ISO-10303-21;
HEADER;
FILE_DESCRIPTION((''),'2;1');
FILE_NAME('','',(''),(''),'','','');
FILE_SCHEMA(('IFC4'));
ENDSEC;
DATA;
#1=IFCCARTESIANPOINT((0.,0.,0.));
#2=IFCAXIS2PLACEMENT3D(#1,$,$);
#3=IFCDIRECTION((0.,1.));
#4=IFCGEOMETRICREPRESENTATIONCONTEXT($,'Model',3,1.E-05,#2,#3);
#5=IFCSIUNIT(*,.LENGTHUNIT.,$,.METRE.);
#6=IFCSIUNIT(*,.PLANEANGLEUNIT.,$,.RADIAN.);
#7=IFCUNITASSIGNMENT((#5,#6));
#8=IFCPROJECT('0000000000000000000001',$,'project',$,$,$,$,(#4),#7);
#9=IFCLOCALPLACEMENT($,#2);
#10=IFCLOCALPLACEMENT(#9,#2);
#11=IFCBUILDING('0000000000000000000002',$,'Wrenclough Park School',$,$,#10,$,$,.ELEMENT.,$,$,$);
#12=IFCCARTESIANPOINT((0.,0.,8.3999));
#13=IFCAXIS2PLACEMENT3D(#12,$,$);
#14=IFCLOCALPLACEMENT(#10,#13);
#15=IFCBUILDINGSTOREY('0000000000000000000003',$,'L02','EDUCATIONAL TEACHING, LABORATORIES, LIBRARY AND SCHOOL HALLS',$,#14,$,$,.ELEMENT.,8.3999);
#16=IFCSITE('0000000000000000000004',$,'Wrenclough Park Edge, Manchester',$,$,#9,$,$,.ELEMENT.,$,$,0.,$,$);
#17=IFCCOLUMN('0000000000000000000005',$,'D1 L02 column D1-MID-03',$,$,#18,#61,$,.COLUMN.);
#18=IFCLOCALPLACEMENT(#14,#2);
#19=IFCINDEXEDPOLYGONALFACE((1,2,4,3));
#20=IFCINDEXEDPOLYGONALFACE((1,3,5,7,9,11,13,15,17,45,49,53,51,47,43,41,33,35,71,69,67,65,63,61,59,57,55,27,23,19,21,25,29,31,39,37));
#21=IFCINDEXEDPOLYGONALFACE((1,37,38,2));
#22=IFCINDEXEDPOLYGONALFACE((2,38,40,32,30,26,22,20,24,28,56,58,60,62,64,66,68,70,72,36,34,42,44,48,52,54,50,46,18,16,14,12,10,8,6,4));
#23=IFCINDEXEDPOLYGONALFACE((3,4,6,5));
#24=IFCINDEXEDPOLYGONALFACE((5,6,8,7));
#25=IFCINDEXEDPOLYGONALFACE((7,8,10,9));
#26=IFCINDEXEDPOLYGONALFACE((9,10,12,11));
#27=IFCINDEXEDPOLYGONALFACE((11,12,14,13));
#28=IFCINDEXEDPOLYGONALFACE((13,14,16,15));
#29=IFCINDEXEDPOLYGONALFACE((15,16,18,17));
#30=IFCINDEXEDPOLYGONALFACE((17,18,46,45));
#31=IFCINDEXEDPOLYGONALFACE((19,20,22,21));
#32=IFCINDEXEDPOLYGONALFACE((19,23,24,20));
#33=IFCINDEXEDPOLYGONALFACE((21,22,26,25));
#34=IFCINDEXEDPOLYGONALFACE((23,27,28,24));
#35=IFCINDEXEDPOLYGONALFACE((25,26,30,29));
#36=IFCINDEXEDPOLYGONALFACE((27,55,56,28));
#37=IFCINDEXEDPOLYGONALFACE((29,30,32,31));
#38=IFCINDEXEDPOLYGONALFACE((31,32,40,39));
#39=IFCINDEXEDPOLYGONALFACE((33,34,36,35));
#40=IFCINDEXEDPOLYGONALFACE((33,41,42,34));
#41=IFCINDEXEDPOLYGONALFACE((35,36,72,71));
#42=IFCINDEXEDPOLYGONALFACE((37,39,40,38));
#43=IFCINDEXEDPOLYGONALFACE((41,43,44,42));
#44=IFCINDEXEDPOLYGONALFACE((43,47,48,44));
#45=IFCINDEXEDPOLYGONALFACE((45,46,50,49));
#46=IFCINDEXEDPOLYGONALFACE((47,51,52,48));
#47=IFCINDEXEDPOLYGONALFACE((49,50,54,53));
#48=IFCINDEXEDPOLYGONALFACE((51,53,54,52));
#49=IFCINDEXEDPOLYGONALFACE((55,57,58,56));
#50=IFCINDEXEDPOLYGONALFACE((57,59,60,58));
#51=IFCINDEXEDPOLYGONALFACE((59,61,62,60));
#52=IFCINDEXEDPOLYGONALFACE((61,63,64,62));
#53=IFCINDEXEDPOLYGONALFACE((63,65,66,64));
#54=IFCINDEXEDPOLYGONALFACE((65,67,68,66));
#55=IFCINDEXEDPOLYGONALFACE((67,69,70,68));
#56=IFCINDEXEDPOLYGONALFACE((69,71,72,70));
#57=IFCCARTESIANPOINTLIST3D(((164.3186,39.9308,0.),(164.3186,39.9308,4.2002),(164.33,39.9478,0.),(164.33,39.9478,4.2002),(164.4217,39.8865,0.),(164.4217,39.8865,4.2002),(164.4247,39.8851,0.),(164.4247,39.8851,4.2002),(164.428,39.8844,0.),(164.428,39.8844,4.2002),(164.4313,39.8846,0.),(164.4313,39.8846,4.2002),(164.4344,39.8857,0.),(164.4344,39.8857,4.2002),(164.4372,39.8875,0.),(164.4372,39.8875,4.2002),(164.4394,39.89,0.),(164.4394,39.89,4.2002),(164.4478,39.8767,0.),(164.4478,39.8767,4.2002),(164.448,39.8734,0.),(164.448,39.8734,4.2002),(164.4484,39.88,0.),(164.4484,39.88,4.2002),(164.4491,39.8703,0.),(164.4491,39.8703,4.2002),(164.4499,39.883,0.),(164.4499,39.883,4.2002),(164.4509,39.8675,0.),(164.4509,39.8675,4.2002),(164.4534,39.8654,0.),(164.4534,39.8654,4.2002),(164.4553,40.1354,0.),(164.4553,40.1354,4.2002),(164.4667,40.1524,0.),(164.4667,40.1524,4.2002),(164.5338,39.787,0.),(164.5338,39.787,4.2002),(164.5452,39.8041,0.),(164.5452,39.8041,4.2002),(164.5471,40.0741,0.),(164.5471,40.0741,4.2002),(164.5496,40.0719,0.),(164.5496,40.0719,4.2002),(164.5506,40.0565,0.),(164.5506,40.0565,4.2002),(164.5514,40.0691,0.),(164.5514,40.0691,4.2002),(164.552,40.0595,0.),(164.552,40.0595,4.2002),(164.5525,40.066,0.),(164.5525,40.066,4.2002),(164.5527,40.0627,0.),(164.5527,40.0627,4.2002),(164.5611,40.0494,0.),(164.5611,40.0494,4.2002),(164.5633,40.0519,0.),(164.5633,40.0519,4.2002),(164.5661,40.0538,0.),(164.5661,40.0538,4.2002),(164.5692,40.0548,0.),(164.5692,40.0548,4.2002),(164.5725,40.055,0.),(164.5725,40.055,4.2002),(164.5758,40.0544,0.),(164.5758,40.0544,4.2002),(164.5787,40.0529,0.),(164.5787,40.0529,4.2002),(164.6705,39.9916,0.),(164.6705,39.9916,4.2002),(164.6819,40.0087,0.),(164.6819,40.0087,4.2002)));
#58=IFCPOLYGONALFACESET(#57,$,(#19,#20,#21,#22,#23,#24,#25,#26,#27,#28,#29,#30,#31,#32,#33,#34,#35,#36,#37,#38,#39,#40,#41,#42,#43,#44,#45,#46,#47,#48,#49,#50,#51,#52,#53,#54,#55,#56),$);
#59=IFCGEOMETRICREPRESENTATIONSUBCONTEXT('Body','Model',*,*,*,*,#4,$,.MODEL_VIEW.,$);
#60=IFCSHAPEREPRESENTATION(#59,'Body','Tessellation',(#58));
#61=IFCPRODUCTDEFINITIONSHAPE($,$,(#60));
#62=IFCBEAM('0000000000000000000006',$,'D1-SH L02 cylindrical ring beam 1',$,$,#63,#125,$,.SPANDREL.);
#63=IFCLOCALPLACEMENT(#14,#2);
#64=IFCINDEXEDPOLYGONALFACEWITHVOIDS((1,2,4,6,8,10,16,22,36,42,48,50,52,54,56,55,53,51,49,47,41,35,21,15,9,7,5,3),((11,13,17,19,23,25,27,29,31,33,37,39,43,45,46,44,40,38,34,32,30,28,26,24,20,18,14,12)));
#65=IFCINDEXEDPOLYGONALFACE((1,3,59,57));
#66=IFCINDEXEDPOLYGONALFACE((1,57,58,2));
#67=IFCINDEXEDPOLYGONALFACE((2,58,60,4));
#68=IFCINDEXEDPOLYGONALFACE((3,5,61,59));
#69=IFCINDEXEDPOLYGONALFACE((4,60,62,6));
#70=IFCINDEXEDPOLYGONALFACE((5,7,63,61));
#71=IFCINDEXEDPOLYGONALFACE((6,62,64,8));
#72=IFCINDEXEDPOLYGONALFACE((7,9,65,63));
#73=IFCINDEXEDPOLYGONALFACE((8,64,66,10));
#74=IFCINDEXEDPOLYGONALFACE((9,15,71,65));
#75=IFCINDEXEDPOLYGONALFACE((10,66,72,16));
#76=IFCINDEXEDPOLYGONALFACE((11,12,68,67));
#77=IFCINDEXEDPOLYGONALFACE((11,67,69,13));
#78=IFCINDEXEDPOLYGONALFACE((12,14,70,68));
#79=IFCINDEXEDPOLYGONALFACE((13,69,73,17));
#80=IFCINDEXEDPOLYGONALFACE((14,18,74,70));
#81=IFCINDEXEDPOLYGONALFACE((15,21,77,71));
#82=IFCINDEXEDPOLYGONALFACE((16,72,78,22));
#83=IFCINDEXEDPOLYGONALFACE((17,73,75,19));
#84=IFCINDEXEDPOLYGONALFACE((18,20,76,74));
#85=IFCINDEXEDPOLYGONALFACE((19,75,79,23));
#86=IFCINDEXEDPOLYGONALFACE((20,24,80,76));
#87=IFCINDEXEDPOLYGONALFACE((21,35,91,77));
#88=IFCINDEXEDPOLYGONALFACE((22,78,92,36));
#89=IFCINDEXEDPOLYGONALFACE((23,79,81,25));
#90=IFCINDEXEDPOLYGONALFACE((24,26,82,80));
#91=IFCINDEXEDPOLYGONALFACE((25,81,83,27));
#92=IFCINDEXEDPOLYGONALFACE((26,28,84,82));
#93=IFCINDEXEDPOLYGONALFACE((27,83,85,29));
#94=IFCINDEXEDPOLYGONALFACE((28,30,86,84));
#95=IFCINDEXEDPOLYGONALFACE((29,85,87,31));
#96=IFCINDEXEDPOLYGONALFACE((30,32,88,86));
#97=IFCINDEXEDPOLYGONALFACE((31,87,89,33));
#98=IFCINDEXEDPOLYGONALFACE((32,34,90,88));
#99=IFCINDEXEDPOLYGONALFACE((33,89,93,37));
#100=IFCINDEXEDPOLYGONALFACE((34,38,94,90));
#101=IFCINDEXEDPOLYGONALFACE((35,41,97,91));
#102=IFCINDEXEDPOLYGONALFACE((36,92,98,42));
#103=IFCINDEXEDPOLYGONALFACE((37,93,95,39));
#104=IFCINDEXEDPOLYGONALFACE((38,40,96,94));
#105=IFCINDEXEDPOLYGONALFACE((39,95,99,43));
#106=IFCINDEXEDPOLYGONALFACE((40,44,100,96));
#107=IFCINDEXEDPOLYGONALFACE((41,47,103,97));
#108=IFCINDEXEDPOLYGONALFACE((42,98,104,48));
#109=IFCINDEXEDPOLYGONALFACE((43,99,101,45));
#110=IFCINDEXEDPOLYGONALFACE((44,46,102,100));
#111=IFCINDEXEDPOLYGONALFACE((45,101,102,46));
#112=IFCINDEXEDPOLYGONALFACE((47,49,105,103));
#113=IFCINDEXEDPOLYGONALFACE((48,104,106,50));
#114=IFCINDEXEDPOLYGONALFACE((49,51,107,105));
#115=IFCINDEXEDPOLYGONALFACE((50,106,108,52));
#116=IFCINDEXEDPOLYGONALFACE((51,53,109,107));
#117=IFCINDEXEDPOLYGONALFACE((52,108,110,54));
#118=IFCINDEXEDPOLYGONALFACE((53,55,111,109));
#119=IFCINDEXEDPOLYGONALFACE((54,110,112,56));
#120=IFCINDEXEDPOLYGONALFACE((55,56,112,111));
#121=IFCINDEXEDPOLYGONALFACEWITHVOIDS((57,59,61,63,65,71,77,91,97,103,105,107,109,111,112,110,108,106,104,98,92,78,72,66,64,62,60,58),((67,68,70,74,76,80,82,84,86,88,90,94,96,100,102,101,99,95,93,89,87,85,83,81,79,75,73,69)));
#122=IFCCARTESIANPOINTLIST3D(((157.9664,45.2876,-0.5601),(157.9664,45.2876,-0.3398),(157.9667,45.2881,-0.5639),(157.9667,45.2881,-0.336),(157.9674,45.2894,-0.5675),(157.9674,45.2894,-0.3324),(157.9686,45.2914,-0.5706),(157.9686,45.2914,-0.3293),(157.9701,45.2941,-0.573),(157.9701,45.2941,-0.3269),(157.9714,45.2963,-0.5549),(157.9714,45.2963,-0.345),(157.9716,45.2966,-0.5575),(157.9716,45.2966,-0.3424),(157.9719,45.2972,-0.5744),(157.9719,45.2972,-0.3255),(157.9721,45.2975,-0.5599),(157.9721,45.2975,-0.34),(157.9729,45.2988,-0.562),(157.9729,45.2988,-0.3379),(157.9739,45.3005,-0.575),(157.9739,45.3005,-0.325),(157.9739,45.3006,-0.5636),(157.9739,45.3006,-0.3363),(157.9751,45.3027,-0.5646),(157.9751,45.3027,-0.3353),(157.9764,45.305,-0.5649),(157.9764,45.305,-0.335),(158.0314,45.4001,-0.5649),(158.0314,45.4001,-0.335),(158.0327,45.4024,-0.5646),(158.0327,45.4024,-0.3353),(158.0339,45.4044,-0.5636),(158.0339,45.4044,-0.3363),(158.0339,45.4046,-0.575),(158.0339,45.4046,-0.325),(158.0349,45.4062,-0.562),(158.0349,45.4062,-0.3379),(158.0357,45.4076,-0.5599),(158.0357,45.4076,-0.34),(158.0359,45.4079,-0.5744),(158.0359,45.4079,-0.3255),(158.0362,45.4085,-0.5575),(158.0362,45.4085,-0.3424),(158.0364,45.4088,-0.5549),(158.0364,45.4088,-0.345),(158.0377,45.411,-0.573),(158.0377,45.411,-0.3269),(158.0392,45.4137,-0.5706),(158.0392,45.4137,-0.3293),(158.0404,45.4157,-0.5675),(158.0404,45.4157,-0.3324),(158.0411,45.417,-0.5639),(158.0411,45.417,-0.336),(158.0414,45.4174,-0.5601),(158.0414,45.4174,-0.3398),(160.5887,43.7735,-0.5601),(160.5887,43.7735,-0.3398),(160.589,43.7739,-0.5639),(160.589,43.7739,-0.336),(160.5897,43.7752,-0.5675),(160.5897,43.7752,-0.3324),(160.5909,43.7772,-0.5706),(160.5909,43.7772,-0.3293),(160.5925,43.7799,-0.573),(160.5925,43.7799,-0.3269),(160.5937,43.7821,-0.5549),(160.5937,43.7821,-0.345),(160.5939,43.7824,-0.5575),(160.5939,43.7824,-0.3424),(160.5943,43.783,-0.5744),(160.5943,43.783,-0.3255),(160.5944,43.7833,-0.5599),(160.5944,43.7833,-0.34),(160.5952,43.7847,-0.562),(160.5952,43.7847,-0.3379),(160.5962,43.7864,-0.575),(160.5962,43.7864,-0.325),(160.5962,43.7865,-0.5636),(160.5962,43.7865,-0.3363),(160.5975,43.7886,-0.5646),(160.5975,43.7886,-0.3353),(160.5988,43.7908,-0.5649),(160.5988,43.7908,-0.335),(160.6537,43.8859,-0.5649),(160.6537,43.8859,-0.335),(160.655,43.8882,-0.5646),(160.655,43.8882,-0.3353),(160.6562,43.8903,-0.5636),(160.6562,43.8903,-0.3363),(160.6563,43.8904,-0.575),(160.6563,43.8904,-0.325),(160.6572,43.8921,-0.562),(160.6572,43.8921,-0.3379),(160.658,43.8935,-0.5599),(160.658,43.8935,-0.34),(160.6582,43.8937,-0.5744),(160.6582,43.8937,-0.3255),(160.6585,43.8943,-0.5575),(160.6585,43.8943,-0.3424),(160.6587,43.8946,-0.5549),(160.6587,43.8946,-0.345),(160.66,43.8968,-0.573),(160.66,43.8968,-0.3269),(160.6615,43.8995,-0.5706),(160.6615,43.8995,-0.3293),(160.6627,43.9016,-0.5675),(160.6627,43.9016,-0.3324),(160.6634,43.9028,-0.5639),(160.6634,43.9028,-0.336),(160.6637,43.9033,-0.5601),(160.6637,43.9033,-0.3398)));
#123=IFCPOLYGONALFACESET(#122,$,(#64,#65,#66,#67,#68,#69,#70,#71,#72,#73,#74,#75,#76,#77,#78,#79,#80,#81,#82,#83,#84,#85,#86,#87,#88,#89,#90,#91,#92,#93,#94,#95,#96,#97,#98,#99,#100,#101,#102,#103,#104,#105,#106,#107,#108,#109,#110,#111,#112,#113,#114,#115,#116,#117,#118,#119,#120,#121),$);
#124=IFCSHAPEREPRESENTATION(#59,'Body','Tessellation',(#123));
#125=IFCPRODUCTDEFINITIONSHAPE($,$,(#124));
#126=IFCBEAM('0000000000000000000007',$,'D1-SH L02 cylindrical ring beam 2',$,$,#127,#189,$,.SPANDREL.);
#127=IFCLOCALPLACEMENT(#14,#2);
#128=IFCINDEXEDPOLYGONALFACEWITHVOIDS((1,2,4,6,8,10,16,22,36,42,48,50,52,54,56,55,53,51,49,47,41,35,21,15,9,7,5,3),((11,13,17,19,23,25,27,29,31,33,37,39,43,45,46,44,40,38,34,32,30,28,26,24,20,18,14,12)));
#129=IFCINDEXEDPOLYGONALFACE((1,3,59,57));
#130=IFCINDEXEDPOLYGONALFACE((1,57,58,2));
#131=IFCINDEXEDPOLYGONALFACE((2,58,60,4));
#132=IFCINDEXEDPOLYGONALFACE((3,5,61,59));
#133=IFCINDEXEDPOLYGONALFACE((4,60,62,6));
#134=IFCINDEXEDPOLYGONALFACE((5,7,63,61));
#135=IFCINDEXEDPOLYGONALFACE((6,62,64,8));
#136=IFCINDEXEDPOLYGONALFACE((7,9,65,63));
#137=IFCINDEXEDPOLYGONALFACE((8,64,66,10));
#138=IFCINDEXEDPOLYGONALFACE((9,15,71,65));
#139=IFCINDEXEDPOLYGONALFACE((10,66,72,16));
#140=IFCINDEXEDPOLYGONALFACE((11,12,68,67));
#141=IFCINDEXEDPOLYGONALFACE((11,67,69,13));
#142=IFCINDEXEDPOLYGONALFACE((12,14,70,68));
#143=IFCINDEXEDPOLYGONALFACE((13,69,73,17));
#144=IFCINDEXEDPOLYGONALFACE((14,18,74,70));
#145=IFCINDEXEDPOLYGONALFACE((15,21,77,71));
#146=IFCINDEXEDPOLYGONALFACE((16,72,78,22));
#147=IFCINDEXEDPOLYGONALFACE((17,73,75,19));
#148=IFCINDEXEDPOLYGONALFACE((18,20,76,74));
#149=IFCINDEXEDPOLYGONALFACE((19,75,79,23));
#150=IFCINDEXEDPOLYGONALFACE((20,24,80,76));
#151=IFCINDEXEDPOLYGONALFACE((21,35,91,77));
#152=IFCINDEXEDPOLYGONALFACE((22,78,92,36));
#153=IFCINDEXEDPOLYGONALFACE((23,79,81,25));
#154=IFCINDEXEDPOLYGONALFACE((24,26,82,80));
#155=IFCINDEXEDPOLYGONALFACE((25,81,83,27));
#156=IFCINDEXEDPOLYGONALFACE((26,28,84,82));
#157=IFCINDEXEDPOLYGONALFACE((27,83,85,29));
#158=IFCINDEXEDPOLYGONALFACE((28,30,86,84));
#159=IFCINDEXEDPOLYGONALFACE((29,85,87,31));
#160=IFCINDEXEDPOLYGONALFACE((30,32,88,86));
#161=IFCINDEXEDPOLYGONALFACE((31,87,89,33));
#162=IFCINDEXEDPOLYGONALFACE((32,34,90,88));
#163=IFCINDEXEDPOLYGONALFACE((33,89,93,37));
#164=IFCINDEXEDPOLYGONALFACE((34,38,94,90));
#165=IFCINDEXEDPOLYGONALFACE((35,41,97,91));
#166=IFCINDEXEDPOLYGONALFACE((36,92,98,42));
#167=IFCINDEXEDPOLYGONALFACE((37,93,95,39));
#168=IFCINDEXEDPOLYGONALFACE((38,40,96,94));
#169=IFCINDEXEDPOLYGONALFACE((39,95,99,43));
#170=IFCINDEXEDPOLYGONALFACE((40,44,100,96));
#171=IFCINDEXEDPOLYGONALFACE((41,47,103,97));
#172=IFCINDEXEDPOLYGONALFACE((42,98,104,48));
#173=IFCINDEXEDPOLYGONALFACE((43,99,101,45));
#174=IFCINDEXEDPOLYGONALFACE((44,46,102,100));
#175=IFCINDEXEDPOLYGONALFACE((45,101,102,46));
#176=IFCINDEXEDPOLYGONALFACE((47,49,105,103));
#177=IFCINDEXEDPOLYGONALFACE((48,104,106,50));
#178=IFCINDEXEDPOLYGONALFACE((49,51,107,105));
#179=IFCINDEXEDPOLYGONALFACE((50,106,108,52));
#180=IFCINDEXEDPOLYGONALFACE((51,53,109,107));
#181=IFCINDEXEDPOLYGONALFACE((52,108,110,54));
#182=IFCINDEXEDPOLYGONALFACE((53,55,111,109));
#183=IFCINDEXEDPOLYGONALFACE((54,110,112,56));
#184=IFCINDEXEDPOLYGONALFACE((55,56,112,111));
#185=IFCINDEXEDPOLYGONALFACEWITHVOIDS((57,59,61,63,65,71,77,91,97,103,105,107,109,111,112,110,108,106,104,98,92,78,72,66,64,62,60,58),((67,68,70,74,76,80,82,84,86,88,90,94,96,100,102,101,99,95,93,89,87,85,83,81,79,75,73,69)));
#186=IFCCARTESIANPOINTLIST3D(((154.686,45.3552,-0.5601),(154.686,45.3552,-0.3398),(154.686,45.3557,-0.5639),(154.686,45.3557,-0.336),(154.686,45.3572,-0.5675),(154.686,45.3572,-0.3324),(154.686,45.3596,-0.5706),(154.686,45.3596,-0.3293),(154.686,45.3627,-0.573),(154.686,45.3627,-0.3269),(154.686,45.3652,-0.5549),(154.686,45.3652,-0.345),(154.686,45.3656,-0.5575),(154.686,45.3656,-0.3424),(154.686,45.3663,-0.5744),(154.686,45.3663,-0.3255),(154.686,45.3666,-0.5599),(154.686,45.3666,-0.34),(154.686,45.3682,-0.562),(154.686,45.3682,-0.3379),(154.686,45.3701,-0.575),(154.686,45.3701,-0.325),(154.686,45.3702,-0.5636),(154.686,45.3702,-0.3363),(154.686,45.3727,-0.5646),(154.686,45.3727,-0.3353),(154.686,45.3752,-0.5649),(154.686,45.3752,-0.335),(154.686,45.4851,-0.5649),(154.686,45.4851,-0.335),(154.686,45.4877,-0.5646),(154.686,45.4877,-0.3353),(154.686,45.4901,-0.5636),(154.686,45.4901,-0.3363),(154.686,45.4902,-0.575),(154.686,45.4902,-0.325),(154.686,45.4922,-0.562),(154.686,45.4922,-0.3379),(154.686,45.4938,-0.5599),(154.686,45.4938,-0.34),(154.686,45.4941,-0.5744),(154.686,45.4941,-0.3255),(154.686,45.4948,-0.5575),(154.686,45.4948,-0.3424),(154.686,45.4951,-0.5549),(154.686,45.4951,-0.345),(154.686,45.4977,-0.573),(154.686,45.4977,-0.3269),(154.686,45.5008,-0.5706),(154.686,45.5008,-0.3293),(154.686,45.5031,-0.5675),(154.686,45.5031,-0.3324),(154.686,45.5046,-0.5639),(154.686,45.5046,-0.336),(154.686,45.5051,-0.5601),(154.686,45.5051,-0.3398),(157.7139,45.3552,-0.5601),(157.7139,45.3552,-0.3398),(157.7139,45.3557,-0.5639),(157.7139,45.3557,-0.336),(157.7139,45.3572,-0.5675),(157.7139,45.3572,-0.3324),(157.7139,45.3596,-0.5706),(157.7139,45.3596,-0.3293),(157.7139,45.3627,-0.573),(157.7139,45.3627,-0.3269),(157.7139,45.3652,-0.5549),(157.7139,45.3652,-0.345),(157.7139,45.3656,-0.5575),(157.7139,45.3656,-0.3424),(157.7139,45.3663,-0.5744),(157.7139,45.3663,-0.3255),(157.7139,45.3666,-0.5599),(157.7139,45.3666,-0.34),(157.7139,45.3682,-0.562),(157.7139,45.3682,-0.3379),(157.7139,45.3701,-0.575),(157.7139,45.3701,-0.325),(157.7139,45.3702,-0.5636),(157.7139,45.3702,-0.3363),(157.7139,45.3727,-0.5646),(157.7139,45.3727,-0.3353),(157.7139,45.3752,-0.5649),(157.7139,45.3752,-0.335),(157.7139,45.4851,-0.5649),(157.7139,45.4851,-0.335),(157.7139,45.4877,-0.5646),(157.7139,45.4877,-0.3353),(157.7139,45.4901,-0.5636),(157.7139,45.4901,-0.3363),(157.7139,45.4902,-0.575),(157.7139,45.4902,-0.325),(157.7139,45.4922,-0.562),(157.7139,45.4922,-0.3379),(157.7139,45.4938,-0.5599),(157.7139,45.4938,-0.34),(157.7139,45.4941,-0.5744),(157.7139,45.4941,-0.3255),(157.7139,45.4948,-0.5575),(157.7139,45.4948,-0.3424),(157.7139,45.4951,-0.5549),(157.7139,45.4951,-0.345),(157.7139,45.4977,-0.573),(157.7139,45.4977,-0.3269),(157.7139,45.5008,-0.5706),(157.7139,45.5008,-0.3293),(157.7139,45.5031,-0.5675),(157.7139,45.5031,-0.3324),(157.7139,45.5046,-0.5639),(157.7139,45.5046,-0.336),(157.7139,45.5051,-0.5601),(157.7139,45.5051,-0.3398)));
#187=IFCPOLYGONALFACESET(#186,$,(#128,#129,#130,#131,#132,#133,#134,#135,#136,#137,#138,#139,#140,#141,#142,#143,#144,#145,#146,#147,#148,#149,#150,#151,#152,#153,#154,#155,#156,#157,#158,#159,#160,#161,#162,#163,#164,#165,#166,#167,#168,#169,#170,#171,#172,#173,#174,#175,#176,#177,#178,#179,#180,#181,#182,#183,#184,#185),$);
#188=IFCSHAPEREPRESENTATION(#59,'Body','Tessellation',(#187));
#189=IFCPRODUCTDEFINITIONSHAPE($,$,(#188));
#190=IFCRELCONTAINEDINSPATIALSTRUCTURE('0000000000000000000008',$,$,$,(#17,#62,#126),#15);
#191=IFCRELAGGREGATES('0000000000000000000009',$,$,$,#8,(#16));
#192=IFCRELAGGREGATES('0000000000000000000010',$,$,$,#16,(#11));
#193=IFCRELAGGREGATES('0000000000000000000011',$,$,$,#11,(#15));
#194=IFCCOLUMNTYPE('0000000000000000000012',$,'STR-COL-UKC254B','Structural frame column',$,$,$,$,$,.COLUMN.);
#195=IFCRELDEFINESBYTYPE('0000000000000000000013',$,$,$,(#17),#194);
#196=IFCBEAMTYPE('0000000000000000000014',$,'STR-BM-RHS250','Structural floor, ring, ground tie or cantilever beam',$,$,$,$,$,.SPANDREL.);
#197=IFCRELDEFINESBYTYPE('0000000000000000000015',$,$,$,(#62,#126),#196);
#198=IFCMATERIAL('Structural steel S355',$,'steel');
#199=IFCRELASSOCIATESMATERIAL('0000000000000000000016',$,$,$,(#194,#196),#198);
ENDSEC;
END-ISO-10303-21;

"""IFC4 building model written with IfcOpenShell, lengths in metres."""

from ifc_helpers import new_model, si_unit, direction, frame, origin, origin_2d, place, context, subcontext, project, spatial, hollow_rectangle, i_section, extrude, material, material_profile, profile_set, type_object, element, save


model = new_model("IFC4")

# Units and contexts
model_context = context("Model", 3, precision=1e-05, world=origin(), true_north=direction((0.0, 1.0)))
body_context = subcontext(model_context, "Body", "Model", "MODEL_VIEW")
ifc_project = project(units=[si_unit("LENGTHUNIT", "METRE"), si_unit("PLANEANGLEUNIT", "RADIAN")], contexts=[model_context])

# Site, building, storey
site_placement = place(None, origin())
site = spatial("IfcSite", under=ifc_project, at=site_placement, Name="Wrenclough Park Edge, Manchester", CompositionType="ELEMENT", RefElevation=0.0)
building_placement = place(site_placement, origin())
building = spatial("IfcBuilding", under=site, at=building_placement, Name="Wrenclough Park School", CompositionType="ELEMENT")
storey_placement = place(building_placement, frame((0.0, 0.0, 8.3999)))
storey = spatial("IfcBuildingStorey", under=building, at=storey_placement, Name="L02", Description="EDUCATIONAL TEACHING, LABORATORIES, LIBRARY AND SCHOOL HALLS", CompositionType="ELEMENT", Elevation=8.3999)

# Column
ifc_material_1 = material(Name="Structural steel S355", Category="steel")
ifc_material_profile_1 = material_profile(ifc_material_1, i_section(OverallWidth=0.2588, OverallDepth=0.2666, WebThickness=0.0127, FlangeThickness=0.0205, FilletRadius=0.0127, at=origin_2d()), Name="UKC 254x254x107")
ifc_profile_set_1 = profile_set([ifc_material_profile_1], Name="Structural steel S355")
column_type_1 = type_object("IfcColumnType", Name="STR-COL-UKC254B", Description="Structural frame column", PredefinedType="COLUMN", material=ifc_profile_set_1)
column_1_placement = place(storey_placement, frame((164.5002, 39.9697, 0.0), z_axis=(0.0, 0.0, 1.0), x_axis=(-0.83147, 0.55557, 0.0)))
element("IfcColumn", 1, at=column_1_placement, inside=storey, type_object=column_type_1, Name="D1 L02 column D1-MID-03", PredefinedType="COLUMN", context=body_context, shape_type="SweptSolid", body=[
    extrude(i_section(OverallWidth=0.2588, OverallDepth=0.2666, WebThickness=0.0127, FlangeThickness=0.0205, FilletRadius=0.0127, at=origin_2d()), origin(), (0.0, 0.0, 1.0), 4.2002),
])

# Beams
ifc_material_profile_2 = material_profile(ifc_material_1, hollow_rectangle(XDim=0.1499, YDim=0.25, WallThickness=0.01, InnerFilletRadius=0.01, OuterFilletRadius=0.0149, at=origin_2d()), Name="RHS 250x150x10.0")
ifc_profile_set_2 = profile_set([ifc_material_profile_2], Name="Structural steel S355")
beam_type_1 = type_object("IfcBeamType", Name="STR-BM-RHS250", Description="Structural floor, ring, ground tie or cantilever beam", PredefinedType="SPANDREL", material=ifc_profile_set_2)
beam_1_placement = place(storey_placement, frame((160.6262, 43.8384, -0.45), z_axis=(-0.866002, 0.500041, 0.0), x_axis=(-0.500041, -0.866002, 0.0)))
element("IfcBeam", 2, at=beam_1_placement, inside=storey, type_object=beam_type_1, Name="D1-SH L02 cylindrical ring beam 1", PredefinedType="SPANDREL", context=body_context, shape_type="SweptSolid", body=[
    extrude(hollow_rectangle(XDim=0.1499, YDim=0.25, WallThickness=0.01, InnerFilletRadius=0.01, OuterFilletRadius=0.0149, at=origin_2d()), origin(), (0.0, 0.0, 1.0), 3.0281),
])
beam_2_placement = place(storey_placement, frame((157.7139, 45.4302, -0.45), z_axis=(-1.0, 0.0, 0.0), x_axis=(0.0, -1.0, 0.0)))
element("IfcBeam", 3, at=beam_2_placement, inside=storey, type_object=beam_type_1, Name="D1-SH L02 cylindrical ring beam 2", PredefinedType="SPANDREL", context=body_context, shape_type="SweptSolid", body=[
    extrude(hollow_rectangle(XDim=0.1499, YDim=0.25, WallThickness=0.01, InnerFilletRadius=0.01, OuterFilletRadius=0.0149, at=origin_2d()), origin(), (0.0, 0.0, 1.0), 3.0278),
])

save(model, "model.ifc")
